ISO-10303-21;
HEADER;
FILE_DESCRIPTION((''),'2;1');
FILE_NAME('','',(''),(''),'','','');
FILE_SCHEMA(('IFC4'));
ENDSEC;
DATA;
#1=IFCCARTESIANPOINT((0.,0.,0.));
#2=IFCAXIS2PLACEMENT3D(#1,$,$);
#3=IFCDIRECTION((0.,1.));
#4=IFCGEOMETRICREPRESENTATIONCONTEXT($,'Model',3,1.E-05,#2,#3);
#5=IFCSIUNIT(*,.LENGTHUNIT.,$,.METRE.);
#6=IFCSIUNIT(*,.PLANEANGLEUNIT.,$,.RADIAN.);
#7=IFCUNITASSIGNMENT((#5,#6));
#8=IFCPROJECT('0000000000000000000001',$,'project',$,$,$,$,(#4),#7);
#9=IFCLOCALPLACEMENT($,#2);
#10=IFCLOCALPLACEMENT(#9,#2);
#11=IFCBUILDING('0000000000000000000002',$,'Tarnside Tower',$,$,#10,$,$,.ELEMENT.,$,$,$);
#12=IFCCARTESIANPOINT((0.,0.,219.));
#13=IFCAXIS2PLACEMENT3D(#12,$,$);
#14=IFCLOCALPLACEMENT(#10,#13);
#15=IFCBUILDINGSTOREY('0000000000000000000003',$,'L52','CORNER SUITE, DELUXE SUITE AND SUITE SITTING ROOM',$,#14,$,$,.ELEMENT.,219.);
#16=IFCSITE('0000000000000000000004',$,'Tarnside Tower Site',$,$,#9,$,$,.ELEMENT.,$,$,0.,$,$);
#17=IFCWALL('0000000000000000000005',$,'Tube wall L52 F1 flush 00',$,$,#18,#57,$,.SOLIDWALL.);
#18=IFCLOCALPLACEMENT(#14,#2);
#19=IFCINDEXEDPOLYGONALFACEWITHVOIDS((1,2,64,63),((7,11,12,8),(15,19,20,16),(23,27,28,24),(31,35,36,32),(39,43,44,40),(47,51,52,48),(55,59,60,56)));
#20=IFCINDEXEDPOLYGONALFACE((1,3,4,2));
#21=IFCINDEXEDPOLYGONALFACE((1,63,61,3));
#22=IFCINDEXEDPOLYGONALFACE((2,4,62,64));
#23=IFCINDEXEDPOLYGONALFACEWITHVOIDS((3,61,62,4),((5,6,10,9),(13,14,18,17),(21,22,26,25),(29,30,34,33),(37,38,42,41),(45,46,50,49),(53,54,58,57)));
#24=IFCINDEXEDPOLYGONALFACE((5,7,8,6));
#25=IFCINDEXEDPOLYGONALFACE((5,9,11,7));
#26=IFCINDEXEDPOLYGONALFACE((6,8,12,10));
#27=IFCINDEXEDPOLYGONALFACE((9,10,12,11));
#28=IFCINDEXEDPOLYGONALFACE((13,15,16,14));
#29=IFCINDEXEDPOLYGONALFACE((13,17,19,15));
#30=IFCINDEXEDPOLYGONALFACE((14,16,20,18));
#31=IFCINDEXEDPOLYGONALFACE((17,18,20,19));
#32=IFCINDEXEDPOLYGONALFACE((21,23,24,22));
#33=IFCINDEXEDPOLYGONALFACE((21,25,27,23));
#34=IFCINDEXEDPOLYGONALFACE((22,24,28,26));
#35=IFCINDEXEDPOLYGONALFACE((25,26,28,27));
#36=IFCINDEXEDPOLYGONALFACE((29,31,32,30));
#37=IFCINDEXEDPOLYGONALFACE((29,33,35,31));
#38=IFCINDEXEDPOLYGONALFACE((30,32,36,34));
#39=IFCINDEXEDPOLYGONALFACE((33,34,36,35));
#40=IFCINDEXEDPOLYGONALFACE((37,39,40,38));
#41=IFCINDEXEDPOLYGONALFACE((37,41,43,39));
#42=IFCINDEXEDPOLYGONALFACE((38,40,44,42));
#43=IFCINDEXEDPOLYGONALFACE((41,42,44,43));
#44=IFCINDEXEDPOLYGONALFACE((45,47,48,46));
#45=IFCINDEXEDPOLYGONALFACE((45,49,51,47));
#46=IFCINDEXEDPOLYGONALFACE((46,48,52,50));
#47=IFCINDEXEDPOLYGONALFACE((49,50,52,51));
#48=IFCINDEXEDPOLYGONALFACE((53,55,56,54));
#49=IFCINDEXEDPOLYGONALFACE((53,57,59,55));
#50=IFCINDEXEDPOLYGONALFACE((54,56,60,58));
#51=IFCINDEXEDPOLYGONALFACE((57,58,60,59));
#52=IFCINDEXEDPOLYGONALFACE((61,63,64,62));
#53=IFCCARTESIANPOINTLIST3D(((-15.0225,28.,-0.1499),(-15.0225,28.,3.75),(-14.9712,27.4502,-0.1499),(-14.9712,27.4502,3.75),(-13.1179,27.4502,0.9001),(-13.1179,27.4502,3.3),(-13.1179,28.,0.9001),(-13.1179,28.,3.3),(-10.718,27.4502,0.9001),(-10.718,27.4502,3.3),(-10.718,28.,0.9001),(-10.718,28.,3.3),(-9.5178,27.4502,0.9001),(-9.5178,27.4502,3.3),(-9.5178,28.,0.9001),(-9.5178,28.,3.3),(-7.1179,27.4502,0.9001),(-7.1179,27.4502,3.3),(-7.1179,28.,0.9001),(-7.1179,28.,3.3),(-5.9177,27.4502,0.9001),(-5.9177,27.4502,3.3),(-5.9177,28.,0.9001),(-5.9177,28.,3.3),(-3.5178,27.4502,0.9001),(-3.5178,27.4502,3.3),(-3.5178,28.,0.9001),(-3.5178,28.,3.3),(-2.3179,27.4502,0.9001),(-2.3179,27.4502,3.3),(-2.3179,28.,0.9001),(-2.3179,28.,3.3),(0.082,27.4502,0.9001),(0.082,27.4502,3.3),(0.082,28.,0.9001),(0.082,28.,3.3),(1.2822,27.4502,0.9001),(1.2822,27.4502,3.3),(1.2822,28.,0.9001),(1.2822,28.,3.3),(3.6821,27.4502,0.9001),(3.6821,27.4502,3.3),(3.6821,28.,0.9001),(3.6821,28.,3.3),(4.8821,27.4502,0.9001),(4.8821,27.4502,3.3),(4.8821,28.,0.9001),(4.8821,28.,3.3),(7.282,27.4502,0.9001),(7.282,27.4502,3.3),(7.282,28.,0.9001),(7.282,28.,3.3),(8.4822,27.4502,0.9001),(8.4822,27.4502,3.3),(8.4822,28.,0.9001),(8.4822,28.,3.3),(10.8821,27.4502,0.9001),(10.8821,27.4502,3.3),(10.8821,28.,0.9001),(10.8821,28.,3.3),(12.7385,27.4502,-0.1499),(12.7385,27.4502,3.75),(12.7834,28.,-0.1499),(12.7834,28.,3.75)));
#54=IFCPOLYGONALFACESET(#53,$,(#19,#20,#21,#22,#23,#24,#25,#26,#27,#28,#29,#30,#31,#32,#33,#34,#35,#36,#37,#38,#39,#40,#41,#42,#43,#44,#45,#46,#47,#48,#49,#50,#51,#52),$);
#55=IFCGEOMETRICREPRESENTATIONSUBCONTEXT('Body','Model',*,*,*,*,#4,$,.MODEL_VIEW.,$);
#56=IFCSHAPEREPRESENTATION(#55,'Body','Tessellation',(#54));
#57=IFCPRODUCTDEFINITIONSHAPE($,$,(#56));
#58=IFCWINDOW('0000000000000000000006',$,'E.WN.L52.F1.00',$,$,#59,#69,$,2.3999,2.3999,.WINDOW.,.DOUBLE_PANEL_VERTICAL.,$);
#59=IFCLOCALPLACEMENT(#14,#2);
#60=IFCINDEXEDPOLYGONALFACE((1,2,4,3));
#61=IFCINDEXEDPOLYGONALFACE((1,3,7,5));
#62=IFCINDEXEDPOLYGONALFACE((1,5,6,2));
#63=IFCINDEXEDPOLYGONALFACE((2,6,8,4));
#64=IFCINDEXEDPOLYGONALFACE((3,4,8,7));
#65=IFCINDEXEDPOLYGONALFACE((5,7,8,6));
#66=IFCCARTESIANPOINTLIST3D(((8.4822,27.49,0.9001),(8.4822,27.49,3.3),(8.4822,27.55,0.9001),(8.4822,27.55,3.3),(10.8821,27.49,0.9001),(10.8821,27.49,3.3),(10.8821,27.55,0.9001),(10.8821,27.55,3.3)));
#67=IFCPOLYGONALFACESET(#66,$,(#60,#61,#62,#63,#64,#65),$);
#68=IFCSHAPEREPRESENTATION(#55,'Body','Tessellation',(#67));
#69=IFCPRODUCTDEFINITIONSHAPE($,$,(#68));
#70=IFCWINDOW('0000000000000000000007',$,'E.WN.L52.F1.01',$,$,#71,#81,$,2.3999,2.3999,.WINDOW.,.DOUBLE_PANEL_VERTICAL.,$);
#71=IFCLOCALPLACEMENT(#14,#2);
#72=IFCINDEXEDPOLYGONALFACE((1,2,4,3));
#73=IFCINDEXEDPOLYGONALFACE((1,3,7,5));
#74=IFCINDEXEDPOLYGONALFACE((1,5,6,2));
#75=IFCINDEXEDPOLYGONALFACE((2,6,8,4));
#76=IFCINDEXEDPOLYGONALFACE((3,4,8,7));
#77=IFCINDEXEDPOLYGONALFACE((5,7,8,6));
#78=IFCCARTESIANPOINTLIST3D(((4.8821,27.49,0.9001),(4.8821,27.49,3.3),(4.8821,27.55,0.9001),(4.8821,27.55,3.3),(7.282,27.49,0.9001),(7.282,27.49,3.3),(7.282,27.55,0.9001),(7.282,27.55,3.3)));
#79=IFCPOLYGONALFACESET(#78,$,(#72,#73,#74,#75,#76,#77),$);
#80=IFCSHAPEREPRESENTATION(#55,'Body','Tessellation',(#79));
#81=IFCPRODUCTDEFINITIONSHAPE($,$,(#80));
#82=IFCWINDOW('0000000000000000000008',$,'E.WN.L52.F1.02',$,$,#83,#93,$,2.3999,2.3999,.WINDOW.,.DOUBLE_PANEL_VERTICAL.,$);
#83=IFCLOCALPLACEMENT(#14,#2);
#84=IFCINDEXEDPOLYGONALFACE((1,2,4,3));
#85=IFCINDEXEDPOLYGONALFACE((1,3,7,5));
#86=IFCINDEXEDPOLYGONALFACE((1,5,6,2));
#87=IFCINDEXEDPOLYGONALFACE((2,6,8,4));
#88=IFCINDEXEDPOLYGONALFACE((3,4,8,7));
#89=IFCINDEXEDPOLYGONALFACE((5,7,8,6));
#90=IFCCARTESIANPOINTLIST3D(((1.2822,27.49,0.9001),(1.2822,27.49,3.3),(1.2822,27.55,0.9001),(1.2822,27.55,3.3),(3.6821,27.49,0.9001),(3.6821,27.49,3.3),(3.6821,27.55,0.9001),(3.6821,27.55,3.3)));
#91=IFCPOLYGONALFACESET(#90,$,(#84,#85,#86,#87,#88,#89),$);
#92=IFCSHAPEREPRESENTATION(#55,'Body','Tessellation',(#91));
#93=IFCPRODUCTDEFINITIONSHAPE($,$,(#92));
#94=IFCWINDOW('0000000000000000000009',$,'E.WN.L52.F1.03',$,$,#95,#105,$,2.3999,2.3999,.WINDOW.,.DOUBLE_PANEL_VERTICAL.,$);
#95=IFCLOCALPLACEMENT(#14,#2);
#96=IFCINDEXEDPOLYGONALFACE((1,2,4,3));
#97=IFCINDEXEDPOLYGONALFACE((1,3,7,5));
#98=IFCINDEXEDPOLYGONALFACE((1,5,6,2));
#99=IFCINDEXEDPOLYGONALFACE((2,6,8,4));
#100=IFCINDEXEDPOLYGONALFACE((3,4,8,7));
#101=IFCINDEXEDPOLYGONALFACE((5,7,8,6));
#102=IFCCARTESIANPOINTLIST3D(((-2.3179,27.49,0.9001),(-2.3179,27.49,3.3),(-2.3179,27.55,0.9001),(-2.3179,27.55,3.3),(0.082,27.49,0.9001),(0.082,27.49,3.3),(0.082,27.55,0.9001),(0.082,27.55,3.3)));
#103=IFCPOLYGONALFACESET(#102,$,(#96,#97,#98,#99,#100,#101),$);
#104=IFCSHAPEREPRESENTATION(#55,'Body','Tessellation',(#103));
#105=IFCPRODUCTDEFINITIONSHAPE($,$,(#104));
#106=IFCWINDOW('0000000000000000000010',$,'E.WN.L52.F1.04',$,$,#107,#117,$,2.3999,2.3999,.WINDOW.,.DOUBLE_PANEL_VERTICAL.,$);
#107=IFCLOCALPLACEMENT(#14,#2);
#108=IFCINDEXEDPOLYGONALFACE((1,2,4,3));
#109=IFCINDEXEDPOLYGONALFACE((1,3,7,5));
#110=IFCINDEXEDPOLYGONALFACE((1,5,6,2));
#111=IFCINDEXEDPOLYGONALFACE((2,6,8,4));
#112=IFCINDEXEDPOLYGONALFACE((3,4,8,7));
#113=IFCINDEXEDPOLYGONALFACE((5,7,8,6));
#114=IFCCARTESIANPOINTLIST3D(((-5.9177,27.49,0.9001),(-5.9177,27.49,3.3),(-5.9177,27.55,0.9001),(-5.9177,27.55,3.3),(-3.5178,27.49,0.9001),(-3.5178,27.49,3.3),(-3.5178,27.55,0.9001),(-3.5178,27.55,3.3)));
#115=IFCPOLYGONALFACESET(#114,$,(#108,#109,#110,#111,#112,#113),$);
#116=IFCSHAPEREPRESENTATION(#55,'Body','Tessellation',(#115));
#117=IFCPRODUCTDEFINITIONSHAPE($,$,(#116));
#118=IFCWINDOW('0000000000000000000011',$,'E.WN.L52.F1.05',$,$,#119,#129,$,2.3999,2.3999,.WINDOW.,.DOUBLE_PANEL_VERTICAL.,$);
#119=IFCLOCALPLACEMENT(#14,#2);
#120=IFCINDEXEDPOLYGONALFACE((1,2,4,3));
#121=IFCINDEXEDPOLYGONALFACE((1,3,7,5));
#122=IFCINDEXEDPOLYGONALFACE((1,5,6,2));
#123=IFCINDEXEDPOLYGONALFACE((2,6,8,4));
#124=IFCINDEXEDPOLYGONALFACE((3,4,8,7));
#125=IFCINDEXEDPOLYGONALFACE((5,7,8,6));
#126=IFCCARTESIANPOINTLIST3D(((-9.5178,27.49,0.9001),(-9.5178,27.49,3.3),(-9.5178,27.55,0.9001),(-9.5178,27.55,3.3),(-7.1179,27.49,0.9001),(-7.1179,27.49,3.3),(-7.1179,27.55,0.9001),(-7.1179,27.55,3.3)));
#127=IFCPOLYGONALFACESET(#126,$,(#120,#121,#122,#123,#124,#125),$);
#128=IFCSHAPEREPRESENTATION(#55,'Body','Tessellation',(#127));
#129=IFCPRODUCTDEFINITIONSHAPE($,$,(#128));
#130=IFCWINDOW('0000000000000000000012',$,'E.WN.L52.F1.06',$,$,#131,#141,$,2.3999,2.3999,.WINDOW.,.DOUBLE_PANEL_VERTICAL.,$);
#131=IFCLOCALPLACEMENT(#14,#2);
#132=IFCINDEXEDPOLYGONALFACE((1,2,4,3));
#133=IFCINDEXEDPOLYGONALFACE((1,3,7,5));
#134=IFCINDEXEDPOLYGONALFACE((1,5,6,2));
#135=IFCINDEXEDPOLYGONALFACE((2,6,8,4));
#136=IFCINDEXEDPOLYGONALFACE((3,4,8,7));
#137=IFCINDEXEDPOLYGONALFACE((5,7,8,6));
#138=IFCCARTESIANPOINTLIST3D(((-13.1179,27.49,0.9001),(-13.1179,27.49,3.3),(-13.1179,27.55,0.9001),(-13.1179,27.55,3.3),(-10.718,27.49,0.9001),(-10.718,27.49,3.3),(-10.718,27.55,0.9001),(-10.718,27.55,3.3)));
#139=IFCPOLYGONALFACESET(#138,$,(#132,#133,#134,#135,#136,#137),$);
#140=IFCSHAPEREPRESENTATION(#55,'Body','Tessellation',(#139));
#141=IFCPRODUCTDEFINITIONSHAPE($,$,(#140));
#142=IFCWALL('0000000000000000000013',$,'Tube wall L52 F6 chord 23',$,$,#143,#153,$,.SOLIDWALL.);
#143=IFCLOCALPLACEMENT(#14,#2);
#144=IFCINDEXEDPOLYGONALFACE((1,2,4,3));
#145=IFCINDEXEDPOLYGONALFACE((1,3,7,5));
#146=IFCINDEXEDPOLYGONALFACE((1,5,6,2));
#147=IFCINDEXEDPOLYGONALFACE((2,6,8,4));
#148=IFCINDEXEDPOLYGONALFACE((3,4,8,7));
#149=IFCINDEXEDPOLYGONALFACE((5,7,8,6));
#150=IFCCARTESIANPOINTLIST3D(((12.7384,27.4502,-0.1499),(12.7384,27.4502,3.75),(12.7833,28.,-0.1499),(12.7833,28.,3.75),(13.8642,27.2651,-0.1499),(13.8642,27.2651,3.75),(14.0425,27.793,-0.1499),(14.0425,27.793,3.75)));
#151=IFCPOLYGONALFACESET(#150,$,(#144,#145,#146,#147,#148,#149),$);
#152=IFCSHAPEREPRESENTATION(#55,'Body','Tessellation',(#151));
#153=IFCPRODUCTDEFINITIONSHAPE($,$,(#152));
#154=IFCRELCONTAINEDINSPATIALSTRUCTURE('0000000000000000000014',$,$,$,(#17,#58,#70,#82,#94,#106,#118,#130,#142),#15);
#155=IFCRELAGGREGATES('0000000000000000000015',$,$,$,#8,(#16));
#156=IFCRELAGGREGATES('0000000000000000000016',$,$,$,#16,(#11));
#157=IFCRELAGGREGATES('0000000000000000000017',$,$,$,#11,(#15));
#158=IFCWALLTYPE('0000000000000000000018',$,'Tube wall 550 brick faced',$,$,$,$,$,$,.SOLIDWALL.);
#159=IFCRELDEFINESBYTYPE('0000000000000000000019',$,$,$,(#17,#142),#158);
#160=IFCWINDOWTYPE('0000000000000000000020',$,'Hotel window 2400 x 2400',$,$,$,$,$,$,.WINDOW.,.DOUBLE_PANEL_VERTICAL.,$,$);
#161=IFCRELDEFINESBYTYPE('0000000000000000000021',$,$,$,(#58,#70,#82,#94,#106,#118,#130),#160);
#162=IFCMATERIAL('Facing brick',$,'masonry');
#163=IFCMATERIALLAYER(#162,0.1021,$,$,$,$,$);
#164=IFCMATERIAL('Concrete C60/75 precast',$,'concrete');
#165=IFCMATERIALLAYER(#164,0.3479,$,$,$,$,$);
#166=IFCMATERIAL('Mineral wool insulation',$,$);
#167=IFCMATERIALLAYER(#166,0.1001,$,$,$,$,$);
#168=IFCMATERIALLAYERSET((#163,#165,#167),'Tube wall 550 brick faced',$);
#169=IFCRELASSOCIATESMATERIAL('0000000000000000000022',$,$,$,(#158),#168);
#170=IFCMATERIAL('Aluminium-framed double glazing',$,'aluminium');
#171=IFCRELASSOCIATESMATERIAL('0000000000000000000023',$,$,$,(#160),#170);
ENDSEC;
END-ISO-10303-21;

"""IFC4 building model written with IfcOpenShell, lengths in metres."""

from ifc_helpers import new_model, si_unit, direction, frame, frame_2d, origin, place, context, subcontext, project, spatial, polyline, rectangle, outline, extrude, material, layer, layer_set, type_object, element, fill, save


model = new_model("IFC4")

# Units and contexts
model_context = context("Model", 3, precision=1e-05, world=origin(), true_north=direction((0.0, 1.0)))
body_context = subcontext(model_context, "Body", "Model", "MODEL_VIEW")
ifc_project = project(units=[si_unit("LENGTHUNIT", "METRE"), si_unit("PLANEANGLEUNIT", "RADIAN")], contexts=[model_context])

# Site, building, storey
site_placement = place(None, origin())
site = spatial("IfcSite", under=ifc_project, at=site_placement, Name="Tarnside Tower Site", CompositionType="ELEMENT", RefElevation=0.0)
building_placement = place(site_placement, origin())
building = spatial("IfcBuilding", under=site, at=building_placement, Name="Tarnside Tower", CompositionType="ELEMENT")
storey_placement = place(building_placement, frame((0.0, 0.0, 219.0)))
storey = spatial("IfcBuildingStorey", under=building, at=storey_placement, Name="L52", Description="CORNER SUITE, DELUXE SUITE AND SUITE SITTING ROOM", CompositionType="ELEMENT", Elevation=219.0)

# Wall, openings, windows
ifc_material_1 = material(Name="Facing brick", Category="masonry")
ifc_layer_1 = layer(ifc_material_1, 0.1021)
ifc_material_2 = material(Name="Concrete C60/75 precast", Category="concrete")
ifc_layer_2 = layer(ifc_material_2, 0.3479)
ifc_material_3 = material(Name="Mineral wool insulation")
ifc_layer_3 = layer(ifc_material_3, 0.1001)
ifc_layer_set_1 = layer_set([ifc_layer_1, ifc_layer_2, ifc_layer_3], Name="Tube wall 550 brick faced")
wall_type_1 = type_object("IfcWallType", Name="Tube wall 550 brick faced", PredefinedType="SOLIDWALL", material=ifc_layer_set_1)
wall_1_placement = place(storey_placement, frame((12.761, 27.7251, -0.1499), z_axis=(0.0, 0.0, 1.0), x_axis=(-1.0, 0.0, 0.0)))
wall_1 = element("IfcWall", 1, at=wall_1_placement, inside=storey, type_object=wall_type_1, Name="Tube wall L52 F1 flush 00", PredefinedType="SOLIDWALL", context=body_context, shape_type="SweptSolid", body=[
    extrude(outline(polyline([(-0.0225, -0.2749), (27.7834, -0.2749), (27.7322, 0.2749), (0.0225, 0.2749), (-0.0225, -0.2749)])), origin(), (0.0, 0.0, 1.0), 3.8999),
])
opening_1_placement = place(wall_1_placement, frame((1.8789, 0.0, 1.05)))
opening_1 = element("IfcOpeningElement", 2, at=opening_1_placement, cuts=wall_1, PredefinedType="OPENING", context=body_context, shape_type="SweptSolid", body=[
    extrude(rectangle(XDim=2.3999, YDim=2.3999, at=frame_2d((1.2, 1.2))), frame((0.0, 0.2852, 0.0), z_axis=(0.0, -1.0, 0.0), x_axis=(1.0, 0.0, 0.0)), (0.0, 0.0, 1.0), 0.5701),
])
opening_2_placement = place(wall_1_placement, frame((5.479, 0.0, 1.05)))
opening_2 = element("IfcOpeningElement", 3, at=opening_2_placement, cuts=wall_1, PredefinedType="OPENING", context=body_context, shape_type="SweptSolid", body=[
    extrude(rectangle(XDim=2.3999, YDim=2.3999, at=frame_2d((1.2, 1.2))), frame((0.0, 0.2852, 0.0), z_axis=(0.0, -1.0, 0.0), x_axis=(1.0, 0.0, 0.0)), (0.0, 0.0, 1.0), 0.5701),
])
opening_3_placement = place(wall_1_placement, frame((9.0789, 0.0, 1.05)))
opening_3 = element("IfcOpeningElement", 4, at=opening_3_placement, cuts=wall_1, PredefinedType="OPENING", context=body_context, shape_type="SweptSolid", body=[
    extrude(rectangle(XDim=2.3999, YDim=2.3999, at=frame_2d((1.2, 1.2))), frame((0.0, 0.2852, 0.0), z_axis=(0.0, -1.0, 0.0), x_axis=(1.0, 0.0, 0.0)), (0.0, 0.0, 1.0), 0.5701),
])
opening_4_placement = place(wall_1_placement, frame((12.679, 0.0, 1.05)))
opening_4 = element("IfcOpeningElement", 5, at=opening_4_placement, cuts=wall_1, PredefinedType="OPENING", context=body_context, shape_type="SweptSolid", body=[
    extrude(rectangle(XDim=2.3999, YDim=2.3999, at=frame_2d((1.2, 1.2))), frame((0.0, 0.2852, 0.0), z_axis=(0.0, -1.0, 0.0), x_axis=(1.0, 0.0, 0.0)), (0.0, 0.0, 1.0), 0.5701),
])
opening_5_placement = place(wall_1_placement, frame((16.2788, 0.0, 1.05)))
opening_5 = element("IfcOpeningElement", 6, at=opening_5_placement, cuts=wall_1, PredefinedType="OPENING", context=body_context, shape_type="SweptSolid", body=[
    extrude(rectangle(XDim=2.3999, YDim=2.3999, at=frame_2d((1.2, 1.2))), frame((0.0, 0.2852, 0.0), z_axis=(0.0, -1.0, 0.0), x_axis=(1.0, 0.0, 0.0)), (0.0, 0.0, 1.0), 0.5701),
])
opening_6_placement = place(wall_1_placement, frame((19.8789, 0.0, 1.05)))
opening_6 = element("IfcOpeningElement", 7, at=opening_6_placement, cuts=wall_1, PredefinedType="OPENING", context=body_context, shape_type="SweptSolid", body=[
    extrude(rectangle(XDim=2.3999, YDim=2.3999, at=frame_2d((1.2, 1.2))), frame((0.0, 0.2852, 0.0), z_axis=(0.0, -1.0, 0.0), x_axis=(1.0, 0.0, 0.0)), (0.0, 0.0, 1.0), 0.5701),
])
opening_7_placement = place(wall_1_placement, frame((23.479, 0.0, 1.05)))
opening_7 = element("IfcOpeningElement", 8, at=opening_7_placement, cuts=wall_1, PredefinedType="OPENING", context=body_context, shape_type="SweptSolid", body=[
    extrude(rectangle(XDim=2.3999, YDim=2.3999, at=frame_2d((1.2, 1.2))), frame((0.0, 0.2852, 0.0), z_axis=(0.0, -1.0, 0.0), x_axis=(1.0, 0.0, 0.0)), (0.0, 0.0, 1.0), 0.5701),
])
ifc_material_4 = material(Name="Aluminium-framed double glazing", Category="aluminium")
window_type = type_object("IfcWindowType", Name="Hotel window 2400 x 2400", PartitioningType="DOUBLE_PANEL_VERTICAL", PredefinedType="WINDOW", material=ifc_material_4)
window_1_placement = place(opening_1_placement, frame((0.0, 0.2051, 0.0)))
window_1 = element("IfcWindow", 9, at=window_1_placement, inside=storey, type_object=window_type, Name="E.WN.L52.F1.00", OverallHeight=2.3999, OverallWidth=2.3999, PartitioningType="DOUBLE_PANEL_VERTICAL", PredefinedType="WINDOW", context=body_context, shape_type="SweptSolid", body=[
    extrude(rectangle(XDim=2.3999, YDim=2.3999, at=frame_2d((1.2, 1.2))), frame((0.0, 0.03, 0.0), z_axis=(0.0, -1.0, 0.0), x_axis=(1.0, 0.0, 0.0)), (0.0, 0.0, 1.0), 0.0601),
])
fill(opening_1, window_1)
window_2_placement = place(opening_2_placement, frame((0.0, 0.2051, 0.0)))
window_2 = element("IfcWindow", 10, at=window_2_placement, inside=storey, type_object=window_type, Name="E.WN.L52.F1.01", OverallHeight=2.3999, OverallWidth=2.3999, PartitioningType="DOUBLE_PANEL_VERTICAL", PredefinedType="WINDOW", context=body_context, shape_type="SweptSolid", body=[
    extrude(rectangle(XDim=2.3999, YDim=2.3999, at=frame_2d((1.2, 1.2))), frame((0.0, 0.03, 0.0), z_axis=(0.0, -1.0, 0.0), x_axis=(1.0, 0.0, 0.0)), (0.0, 0.0, 1.0), 0.0601),
])
fill(opening_2, window_2)
window_3_placement = place(opening_3_placement, frame((0.0, 0.2051, 0.0)))
window_3 = element("IfcWindow", 11, at=window_3_placement, inside=storey, type_object=window_type, Name="E.WN.L52.F1.02", OverallHeight=2.3999, OverallWidth=2.3999, PartitioningType="DOUBLE_PANEL_VERTICAL", PredefinedType="WINDOW", context=body_context, shape_type="SweptSolid", body=[
    extrude(rectangle(XDim=2.3999, YDim=2.3999, at=frame_2d((1.2, 1.2))), frame((0.0, 0.03, 0.0), z_axis=(0.0, -1.0, 0.0), x_axis=(1.0, 0.0, 0.0)), (0.0, 0.0, 1.0), 0.0601),
])
fill(opening_3, window_3)
window_4_placement = place(opening_4_placement, frame((0.0, 0.2051, 0.0)))
window_4 = element("IfcWindow", 12, at=window_4_placement, inside=storey, type_object=window_type, Name="E.WN.L52.F1.03", OverallHeight=2.3999, OverallWidth=2.3999, PartitioningType="DOUBLE_PANEL_VERTICAL", PredefinedType="WINDOW", context=body_context, shape_type="SweptSolid", body=[
    extrude(rectangle(XDim=2.3999, YDim=2.3999, at=frame_2d((1.2, 1.2))), frame((0.0, 0.03, 0.0), z_axis=(0.0, -1.0, 0.0), x_axis=(1.0, 0.0, 0.0)), (0.0, 0.0, 1.0), 0.0601),
])
fill(opening_4, window_4)
window_5_placement = place(opening_5_placement, frame((0.0, 0.2051, 0.0)))
window_5 = element("IfcWindow", 13, at=window_5_placement, inside=storey, type_object=window_type, Name="E.WN.L52.F1.04", OverallHeight=2.3999, OverallWidth=2.3999, PartitioningType="DOUBLE_PANEL_VERTICAL", PredefinedType="WINDOW", context=body_context, shape_type="SweptSolid", body=[
    extrude(rectangle(XDim=2.3999, YDim=2.3999, at=frame_2d((1.2, 1.2))), frame((0.0, 0.03, 0.0), z_axis=(0.0, -1.0, 0.0), x_axis=(1.0, 0.0, 0.0)), (0.0, 0.0, 1.0), 0.0601),
])
fill(opening_5, window_5)
window_6_placement = place(opening_6_placement, frame((0.0, 0.2051, 0.0)))
window_6 = element("IfcWindow", 14, at=window_6_placement, inside=storey, type_object=window_type, Name="E.WN.L52.F1.05", OverallHeight=2.3999, OverallWidth=2.3999, PartitioningType="DOUBLE_PANEL_VERTICAL", PredefinedType="WINDOW", context=body_context, shape_type="SweptSolid", body=[
    extrude(rectangle(XDim=2.3999, YDim=2.3999, at=frame_2d((1.2, 1.2))), frame((0.0, 0.03, 0.0), z_axis=(0.0, -1.0, 0.0), x_axis=(1.0, 0.0, 0.0)), (0.0, 0.0, 1.0), 0.0601),
])
fill(opening_6, window_6)
window_7_placement = place(opening_7_placement, frame((0.0, 0.2051, 0.0)))
window_7 = element("IfcWindow", 15, at=window_7_placement, inside=storey, type_object=window_type, Name="E.WN.L52.F1.06", OverallHeight=2.3999, OverallWidth=2.3999, PartitioningType="DOUBLE_PANEL_VERTICAL", PredefinedType="WINDOW", context=body_context, shape_type="SweptSolid", body=[
    extrude(rectangle(XDim=2.3999, YDim=2.3999, at=frame_2d((1.2, 1.2))), frame((0.0, 0.03, 0.0), z_axis=(0.0, -1.0, 0.0), x_axis=(1.0, 0.0, 0.0)), (0.0, 0.0, 1.0), 0.0601),
])
fill(opening_7, window_7)

# Wall
wall_2_placement = place(storey_placement, frame((13.9534, 27.5291, -0.1499), z_axis=(0.0, 0.0, 1.0), x_axis=(-0.986752, 0.162236, 0.0)))
element("IfcWall", 16, at=wall_2_placement, inside=storey, type_object=wall_type_1, Name="Tube wall L52 F6 chord 23", PredefinedType="SOLIDWALL", context=body_context, shape_type="SweptSolid", body=[
    extrude(outline(polyline([(-0.0452, -0.2749), (1.231, -0.2749), (1.186, 0.2749), (0.0452, 0.2749), (-0.0452, -0.2749)])), origin(), (0.0, 0.0, 1.0), 3.8999),
])

save(model, "model.ifc")
